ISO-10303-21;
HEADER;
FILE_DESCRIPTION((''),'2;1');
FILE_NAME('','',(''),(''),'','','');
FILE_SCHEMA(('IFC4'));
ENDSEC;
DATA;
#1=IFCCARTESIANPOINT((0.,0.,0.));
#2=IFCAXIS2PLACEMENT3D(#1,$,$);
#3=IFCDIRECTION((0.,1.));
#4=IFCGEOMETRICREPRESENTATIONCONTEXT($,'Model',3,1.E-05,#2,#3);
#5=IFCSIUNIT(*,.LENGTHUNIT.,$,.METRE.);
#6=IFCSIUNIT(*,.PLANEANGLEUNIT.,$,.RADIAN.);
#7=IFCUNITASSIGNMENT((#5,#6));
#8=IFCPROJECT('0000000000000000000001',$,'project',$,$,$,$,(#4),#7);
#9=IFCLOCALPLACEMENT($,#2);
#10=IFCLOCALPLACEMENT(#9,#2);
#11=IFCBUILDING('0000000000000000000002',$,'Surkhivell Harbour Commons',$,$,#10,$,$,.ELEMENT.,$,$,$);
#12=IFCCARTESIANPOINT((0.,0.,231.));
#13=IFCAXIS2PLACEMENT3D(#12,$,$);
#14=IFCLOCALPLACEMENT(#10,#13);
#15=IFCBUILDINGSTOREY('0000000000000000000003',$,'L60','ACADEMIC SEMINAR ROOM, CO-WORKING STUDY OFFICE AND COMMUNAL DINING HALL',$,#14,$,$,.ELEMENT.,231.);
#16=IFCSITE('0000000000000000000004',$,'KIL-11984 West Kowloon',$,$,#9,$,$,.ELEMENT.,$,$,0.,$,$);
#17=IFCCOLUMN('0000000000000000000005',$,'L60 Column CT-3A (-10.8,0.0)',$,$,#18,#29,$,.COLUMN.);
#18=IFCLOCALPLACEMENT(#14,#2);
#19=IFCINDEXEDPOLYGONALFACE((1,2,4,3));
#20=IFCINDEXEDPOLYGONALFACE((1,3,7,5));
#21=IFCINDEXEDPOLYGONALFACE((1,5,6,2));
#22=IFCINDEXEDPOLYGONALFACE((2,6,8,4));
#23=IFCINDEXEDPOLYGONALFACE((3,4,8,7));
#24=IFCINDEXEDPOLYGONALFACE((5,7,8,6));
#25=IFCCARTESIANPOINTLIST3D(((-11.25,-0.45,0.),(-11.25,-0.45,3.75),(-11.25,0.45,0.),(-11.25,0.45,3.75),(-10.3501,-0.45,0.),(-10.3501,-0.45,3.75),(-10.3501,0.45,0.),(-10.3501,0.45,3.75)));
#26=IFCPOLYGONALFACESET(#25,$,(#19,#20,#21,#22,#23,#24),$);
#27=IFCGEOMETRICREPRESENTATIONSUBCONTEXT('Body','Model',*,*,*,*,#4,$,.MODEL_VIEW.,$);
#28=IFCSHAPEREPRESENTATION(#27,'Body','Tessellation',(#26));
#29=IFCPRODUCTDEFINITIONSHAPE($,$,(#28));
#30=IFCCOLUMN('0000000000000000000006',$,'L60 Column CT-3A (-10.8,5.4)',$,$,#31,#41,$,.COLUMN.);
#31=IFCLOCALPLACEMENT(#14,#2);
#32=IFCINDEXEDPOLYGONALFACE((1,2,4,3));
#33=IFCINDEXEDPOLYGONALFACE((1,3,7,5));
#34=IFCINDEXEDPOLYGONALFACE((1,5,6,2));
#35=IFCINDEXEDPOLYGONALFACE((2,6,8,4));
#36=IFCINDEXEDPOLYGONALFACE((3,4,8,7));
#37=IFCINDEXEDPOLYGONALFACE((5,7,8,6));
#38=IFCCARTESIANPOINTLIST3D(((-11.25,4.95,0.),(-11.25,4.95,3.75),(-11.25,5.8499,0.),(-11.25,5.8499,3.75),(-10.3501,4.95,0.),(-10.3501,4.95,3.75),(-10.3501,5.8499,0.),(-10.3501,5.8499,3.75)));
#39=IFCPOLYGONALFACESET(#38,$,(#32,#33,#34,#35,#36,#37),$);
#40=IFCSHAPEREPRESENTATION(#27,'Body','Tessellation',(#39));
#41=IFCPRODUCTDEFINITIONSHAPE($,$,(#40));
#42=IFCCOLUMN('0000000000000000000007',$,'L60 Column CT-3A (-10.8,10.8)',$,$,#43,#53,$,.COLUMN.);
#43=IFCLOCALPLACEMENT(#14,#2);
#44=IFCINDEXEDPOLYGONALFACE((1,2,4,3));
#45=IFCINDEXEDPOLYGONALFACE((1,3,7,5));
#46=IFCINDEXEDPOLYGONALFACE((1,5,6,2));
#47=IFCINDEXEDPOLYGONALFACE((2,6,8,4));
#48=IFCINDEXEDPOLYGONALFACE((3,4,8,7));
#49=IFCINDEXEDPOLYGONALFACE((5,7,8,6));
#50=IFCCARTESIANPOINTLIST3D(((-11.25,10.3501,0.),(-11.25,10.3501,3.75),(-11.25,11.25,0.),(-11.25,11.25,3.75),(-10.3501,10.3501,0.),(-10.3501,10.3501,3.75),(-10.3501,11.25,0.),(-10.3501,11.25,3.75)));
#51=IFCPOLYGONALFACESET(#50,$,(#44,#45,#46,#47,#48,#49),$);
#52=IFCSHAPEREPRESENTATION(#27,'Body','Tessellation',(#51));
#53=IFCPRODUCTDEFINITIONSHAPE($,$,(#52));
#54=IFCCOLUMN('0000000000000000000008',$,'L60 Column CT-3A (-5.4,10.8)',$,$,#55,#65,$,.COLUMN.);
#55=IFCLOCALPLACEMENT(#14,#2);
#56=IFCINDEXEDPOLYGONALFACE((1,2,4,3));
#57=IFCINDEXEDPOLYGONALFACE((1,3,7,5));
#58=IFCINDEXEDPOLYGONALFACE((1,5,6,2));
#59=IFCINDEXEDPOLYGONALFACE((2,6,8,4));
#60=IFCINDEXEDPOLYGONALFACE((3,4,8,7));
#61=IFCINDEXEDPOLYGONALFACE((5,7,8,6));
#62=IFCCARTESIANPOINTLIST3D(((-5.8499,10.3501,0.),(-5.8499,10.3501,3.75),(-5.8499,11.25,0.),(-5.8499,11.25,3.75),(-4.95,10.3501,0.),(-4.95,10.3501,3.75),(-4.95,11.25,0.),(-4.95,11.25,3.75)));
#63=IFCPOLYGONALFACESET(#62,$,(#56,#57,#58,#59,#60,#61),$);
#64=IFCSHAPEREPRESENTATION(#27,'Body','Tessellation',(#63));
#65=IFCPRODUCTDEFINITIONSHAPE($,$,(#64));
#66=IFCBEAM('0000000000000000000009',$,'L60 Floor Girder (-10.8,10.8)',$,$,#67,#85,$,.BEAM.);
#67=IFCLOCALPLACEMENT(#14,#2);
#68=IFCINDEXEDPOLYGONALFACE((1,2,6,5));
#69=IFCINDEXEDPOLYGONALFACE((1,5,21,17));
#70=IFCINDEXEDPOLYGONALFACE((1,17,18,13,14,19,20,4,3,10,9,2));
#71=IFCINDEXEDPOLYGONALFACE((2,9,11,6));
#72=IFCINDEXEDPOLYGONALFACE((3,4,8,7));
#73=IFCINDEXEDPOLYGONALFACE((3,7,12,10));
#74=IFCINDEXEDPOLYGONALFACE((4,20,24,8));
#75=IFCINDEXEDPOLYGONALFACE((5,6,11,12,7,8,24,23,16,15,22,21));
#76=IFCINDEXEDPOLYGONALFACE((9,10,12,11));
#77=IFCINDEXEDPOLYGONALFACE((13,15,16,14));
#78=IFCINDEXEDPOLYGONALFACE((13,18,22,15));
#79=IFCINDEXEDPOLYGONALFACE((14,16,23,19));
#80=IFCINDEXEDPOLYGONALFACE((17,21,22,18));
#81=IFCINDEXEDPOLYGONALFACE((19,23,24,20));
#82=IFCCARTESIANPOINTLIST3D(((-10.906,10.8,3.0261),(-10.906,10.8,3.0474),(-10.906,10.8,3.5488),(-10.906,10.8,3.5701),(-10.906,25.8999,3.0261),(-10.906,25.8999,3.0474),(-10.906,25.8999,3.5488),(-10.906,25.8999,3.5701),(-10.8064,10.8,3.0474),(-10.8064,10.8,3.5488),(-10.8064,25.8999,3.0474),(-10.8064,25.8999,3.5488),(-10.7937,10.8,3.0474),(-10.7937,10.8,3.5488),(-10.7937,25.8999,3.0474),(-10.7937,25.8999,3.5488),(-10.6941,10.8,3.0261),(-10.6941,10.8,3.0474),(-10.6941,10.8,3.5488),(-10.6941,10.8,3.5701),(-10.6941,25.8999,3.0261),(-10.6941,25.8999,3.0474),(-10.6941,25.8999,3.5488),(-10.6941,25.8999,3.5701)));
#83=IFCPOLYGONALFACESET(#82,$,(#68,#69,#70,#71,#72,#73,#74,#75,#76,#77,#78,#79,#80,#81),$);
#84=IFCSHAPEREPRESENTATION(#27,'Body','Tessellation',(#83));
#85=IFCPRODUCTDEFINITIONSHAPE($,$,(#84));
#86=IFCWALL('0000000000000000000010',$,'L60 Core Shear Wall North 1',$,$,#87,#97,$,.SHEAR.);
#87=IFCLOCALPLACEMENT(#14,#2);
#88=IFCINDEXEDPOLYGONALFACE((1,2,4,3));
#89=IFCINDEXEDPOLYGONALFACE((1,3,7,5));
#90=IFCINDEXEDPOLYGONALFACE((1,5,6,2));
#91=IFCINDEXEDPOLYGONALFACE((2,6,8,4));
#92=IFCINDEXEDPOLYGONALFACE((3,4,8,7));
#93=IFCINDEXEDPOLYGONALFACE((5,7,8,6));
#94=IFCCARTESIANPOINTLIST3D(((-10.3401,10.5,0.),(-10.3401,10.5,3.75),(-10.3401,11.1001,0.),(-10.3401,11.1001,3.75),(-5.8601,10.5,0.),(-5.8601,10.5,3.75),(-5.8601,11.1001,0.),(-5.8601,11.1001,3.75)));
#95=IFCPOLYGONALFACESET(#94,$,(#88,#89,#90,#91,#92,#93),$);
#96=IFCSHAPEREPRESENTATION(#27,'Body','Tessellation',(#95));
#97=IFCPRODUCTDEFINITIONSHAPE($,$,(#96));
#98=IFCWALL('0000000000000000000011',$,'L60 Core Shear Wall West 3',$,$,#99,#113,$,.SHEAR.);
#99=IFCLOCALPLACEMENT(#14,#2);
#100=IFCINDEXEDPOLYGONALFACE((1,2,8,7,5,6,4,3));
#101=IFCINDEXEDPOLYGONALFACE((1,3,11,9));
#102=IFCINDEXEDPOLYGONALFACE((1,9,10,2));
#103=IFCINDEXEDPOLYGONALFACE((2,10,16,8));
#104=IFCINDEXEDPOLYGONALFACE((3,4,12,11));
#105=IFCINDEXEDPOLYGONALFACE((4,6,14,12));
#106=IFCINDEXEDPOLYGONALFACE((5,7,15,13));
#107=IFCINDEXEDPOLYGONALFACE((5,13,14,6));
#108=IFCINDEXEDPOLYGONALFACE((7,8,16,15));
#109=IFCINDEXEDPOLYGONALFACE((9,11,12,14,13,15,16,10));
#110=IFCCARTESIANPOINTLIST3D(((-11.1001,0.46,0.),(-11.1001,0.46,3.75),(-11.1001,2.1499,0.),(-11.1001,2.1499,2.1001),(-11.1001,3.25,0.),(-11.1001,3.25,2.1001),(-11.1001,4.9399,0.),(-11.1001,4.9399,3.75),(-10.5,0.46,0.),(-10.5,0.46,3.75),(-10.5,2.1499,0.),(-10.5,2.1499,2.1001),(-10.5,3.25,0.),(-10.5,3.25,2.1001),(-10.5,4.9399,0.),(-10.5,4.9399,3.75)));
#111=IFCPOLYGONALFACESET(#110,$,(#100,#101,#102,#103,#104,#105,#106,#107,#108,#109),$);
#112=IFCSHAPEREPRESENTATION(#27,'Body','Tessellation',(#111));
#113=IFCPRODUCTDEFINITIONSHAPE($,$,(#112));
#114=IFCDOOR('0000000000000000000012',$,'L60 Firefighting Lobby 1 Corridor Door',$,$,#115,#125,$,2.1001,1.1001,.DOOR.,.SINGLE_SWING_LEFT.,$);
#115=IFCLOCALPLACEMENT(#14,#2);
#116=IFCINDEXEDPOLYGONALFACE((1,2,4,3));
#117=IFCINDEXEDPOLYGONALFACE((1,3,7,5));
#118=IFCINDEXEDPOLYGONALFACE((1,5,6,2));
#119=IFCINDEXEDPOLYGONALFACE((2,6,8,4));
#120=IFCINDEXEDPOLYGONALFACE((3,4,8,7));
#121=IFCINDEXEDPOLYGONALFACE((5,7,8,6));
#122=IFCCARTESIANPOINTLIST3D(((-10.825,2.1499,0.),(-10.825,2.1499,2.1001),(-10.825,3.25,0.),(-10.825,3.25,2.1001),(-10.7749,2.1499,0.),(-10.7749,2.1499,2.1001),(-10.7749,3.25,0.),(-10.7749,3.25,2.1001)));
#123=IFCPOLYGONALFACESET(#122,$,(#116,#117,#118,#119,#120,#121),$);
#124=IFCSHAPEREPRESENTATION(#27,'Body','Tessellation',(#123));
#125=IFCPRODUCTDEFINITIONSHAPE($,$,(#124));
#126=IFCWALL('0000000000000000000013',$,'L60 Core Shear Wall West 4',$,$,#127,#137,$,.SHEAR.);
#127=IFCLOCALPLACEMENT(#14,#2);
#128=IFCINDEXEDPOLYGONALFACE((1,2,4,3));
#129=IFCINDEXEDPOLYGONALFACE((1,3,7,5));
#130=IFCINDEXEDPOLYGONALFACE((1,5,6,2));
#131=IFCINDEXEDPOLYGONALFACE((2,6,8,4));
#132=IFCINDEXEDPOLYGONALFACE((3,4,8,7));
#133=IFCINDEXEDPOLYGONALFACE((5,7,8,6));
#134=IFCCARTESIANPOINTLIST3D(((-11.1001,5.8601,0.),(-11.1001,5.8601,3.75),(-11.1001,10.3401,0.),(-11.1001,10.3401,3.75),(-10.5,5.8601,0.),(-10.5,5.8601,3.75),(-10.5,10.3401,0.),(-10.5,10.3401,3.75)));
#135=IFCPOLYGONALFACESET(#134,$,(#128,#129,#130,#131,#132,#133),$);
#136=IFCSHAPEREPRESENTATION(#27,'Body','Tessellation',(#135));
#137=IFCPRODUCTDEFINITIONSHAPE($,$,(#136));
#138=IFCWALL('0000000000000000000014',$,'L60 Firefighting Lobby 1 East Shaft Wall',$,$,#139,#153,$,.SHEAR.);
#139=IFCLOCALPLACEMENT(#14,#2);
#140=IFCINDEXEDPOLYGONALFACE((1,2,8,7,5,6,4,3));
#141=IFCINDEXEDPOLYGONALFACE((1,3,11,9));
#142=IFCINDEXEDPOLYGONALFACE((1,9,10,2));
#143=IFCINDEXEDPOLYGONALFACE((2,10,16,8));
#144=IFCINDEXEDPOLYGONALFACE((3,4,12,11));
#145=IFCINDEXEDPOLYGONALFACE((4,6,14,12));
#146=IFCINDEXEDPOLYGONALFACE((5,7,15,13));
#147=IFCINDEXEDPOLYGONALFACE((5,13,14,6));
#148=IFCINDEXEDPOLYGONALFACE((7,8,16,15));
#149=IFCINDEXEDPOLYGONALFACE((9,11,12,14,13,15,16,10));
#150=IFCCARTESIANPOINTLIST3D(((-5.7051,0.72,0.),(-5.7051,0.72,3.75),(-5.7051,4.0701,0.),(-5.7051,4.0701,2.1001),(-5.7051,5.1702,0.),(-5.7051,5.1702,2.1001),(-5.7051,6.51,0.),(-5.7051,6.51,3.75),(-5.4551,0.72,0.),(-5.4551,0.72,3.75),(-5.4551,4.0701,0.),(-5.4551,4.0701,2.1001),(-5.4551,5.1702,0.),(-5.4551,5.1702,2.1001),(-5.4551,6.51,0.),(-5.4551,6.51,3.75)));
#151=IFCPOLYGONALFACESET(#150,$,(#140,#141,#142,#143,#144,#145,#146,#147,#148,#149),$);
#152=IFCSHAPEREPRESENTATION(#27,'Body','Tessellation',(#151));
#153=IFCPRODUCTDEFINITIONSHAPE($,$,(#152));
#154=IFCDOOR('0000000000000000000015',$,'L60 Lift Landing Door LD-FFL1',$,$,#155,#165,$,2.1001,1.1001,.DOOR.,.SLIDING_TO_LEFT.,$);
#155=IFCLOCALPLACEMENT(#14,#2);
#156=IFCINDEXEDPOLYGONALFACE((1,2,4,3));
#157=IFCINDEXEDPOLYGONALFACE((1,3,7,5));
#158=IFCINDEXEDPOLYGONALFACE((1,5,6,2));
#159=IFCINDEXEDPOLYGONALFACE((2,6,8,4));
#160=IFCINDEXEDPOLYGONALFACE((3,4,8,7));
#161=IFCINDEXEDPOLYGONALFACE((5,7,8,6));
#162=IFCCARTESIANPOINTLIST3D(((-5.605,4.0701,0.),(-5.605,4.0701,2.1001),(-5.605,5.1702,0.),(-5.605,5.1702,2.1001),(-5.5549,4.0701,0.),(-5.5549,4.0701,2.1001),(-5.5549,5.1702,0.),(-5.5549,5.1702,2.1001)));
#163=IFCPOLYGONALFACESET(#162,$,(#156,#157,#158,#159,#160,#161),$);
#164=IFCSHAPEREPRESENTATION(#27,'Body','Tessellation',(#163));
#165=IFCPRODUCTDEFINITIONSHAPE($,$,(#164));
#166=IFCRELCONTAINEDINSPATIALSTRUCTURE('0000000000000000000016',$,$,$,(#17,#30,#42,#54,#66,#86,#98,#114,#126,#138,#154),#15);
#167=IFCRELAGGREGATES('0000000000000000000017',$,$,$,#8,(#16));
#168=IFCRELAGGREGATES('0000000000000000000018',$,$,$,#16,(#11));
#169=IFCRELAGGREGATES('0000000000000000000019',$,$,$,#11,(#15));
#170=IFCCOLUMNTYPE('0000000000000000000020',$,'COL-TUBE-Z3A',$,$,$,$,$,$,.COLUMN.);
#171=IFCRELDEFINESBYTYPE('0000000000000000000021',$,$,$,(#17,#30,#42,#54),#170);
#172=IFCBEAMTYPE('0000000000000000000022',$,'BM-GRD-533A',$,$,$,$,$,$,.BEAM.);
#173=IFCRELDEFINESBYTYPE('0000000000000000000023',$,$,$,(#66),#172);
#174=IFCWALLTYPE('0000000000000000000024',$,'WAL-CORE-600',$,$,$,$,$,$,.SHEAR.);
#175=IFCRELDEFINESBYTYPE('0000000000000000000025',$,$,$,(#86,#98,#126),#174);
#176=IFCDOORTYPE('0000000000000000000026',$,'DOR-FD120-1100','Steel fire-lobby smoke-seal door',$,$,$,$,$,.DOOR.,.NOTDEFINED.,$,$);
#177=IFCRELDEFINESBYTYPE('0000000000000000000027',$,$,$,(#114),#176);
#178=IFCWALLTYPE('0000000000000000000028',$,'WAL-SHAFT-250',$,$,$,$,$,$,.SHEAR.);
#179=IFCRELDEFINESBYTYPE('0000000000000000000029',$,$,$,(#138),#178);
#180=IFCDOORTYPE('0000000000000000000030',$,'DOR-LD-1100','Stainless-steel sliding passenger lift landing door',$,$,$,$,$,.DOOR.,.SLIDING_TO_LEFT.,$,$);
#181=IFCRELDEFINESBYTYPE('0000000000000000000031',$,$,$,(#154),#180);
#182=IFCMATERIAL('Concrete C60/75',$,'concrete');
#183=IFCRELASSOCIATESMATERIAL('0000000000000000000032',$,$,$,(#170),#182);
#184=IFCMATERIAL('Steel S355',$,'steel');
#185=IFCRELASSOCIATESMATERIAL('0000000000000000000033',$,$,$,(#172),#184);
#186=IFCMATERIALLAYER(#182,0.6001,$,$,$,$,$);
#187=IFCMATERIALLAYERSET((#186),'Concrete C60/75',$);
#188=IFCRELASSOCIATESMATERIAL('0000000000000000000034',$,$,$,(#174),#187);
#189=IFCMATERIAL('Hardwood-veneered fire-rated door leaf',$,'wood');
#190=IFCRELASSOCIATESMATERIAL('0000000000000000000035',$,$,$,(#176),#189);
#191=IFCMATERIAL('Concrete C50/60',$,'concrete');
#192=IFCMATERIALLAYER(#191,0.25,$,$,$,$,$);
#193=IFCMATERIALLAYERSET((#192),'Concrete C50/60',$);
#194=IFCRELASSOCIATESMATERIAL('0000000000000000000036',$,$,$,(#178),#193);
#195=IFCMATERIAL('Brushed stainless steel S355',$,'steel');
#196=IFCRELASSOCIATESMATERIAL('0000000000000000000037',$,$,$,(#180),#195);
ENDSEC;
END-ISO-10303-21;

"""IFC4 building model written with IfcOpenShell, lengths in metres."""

from ifc_helpers import new_model, si_unit, direction, frame, frame_2d, origin, origin_2d, place, context, subcontext, project, spatial, rectangle, i_section, extrude, material, layer, layer_set, material_profile, profile_set, type_object, element, fill, save


model = new_model("IFC4")

# Units and contexts
model_context = context("Model", 3, precision=1e-05, world=origin(), true_north=direction((0.0, 1.0)))
body_context = subcontext(model_context, "Body", "Model", "MODEL_VIEW")
ifc_project = project(units=[si_unit("LENGTHUNIT", "METRE"), si_unit("PLANEANGLEUNIT", "RADIAN")], contexts=[model_context])

# Site, building, storey
site_placement = place(None, origin())
site = spatial("IfcSite", under=ifc_project, at=site_placement, Name="KIL-11984 West Kowloon", CompositionType="ELEMENT", RefElevation=0.0)
building_placement = place(site_placement, origin())
building = spatial("IfcBuilding", under=site, at=building_placement, Name="Surkhivell Harbour Commons", CompositionType="ELEMENT")
storey_placement = place(building_placement, frame((0.0, 0.0, 231.0)))
storey = spatial("IfcBuildingStorey", under=building, at=storey_placement, Name="L60", Description="ACADEMIC SEMINAR ROOM, CO-WORKING STUDY OFFICE AND COMMUNAL DINING HALL", CompositionType="ELEMENT", Elevation=231.0)

# Columns
ifc_material_1 = material(Name="Concrete C60/75", Category="concrete")
ifc_material_profile_1 = material_profile(ifc_material_1, rectangle(XDim=0.8999, YDim=0.8999, at=origin_2d()), Name="RC-COL-900x900")
ifc_profile_set_1 = profile_set([ifc_material_profile_1], Name="Concrete C60/75")
column_type = type_object("IfcColumnType", Name="COL-TUBE-Z3A", PredefinedType="COLUMN", material=ifc_profile_set_1)
for number, where, z_axis, x_axis, name in (
    (1, (-10.8, 0.0, 0.0), (0.0, 0.0, 1.0), (1.0, 0.0, 0.0), "L60 Column CT-3A (-10.8,0.0)"),
    (2, (-10.8, 5.3999, 0.0), (0.0, 0.0, 1.0), (1.0, 0.0, 0.0), "L60 Column CT-3A (-10.8,5.4)"),
    (3, (-10.8, 10.8, 0.0), (0.0, 0.0, 1.0), (1.0, 0.0, 0.0), "L60 Column CT-3A (-10.8,10.8)"),
    (4, (-5.3999, 10.8, 0.0), (0.0, 0.0, 1.0), (1.0, 0.0, 0.0), "L60 Column CT-3A (-5.4,10.8)"),
):
    element("IfcColumn", number, at=place(storey_placement, frame(where, z_axis=z_axis, x_axis=x_axis)), inside=storey, type_object=column_type, Name=name, PredefinedType="COLUMN", context=body_context, shape_type="SweptSolid", body=[
        extrude(rectangle(XDim=0.8999, YDim=0.8999, at=origin_2d()), origin(), (0.0, 0.0, 1.0), 3.75),
    ])

# Beam
ifc_material_2 = material(Name="Steel S355", Category="steel")
ifc_material_profile_2 = material_profile(ifc_material_2, i_section(OverallWidth=0.2119, OverallDepth=0.5439, WebThickness=0.0127, FlangeThickness=0.0212, at=origin_2d()), Name="UB533x210x122")
ifc_profile_set_2 = profile_set([ifc_material_profile_2], Name="Steel S355")
beam_type = type_object("IfcBeamType", Name="BM-GRD-533A", PredefinedType="BEAM", material=ifc_profile_set_2)
beam_placement = place(storey_placement, frame((-10.8, 10.8, 3.2981), z_axis=(0.0, 1.0, 0.0), x_axis=(-1.0, 0.0, 0.0)))
element("IfcBeam", 5, at=beam_placement, inside=storey, type_object=beam_type, Name="L60 Floor Girder (-10.8,10.8)", PredefinedType="BEAM", context=body_context, shape_type="SweptSolid", body=[
    extrude(i_section(OverallWidth=0.2119, OverallDepth=0.5439, WebThickness=0.0127, FlangeThickness=0.0212, at=origin_2d()), origin(), (0.0, 0.0, 1.0), 15.0999),
])

# Wall
ifc_layer_1 = layer(ifc_material_1, 0.6001)
ifc_layer_set_1 = layer_set([ifc_layer_1], Name="Concrete C60/75")
wall_type_1 = type_object("IfcWallType", Name="WAL-CORE-600", PredefinedType="SHEAR", material=ifc_layer_set_1)
wall_1_placement = place(storey_placement, frame((-10.3401, 10.8, 0.0), z_axis=(0.0, 0.0, 1.0), x_axis=(1.0, 0.0, 0.0)))
element("IfcWall", 6, at=wall_1_placement, inside=storey, type_object=wall_type_1, Name="L60 Core Shear Wall North 1", PredefinedType="SHEAR", context=body_context, shape_type="SweptSolid", body=[
    extrude(rectangle(XDim=4.48, YDim=0.6001, at=frame_2d((2.24, 0.0))), origin(), (0.0, 0.0, 1.0), 3.75),
])

# Wall, opening, door
wall_2_placement = place(storey_placement, frame((-10.8, 0.46, 0.0), z_axis=(0.0, 0.0, 1.0), x_axis=(0.0, 1.0, 0.0)))
wall_2 = element("IfcWall", 7, at=wall_2_placement, inside=storey, type_object=wall_type_1, Name="L60 Core Shear Wall West 3", PredefinedType="SHEAR", context=body_context, shape_type="SweptSolid", body=[
    extrude(rectangle(XDim=4.48, YDim=0.6001, at=frame_2d((2.24, 0.0))), origin(), (0.0, 0.0, 1.0), 3.75),
])
opening_1_placement = place(wall_2_placement, frame((1.6899, 0.0, 0.0)))
opening_1 = element("IfcOpeningElement", 8, at=opening_1_placement, cuts=wall_2, PredefinedType="OPENING", context=body_context, shape_type="SweptSolid", body=[
    extrude(rectangle(XDim=1.1001, YDim=2.1001, at=frame_2d((0.55, 1.05))), frame((0.0, 0.3101, 0.0), z_axis=(0.0, -1.0, 0.0), x_axis=(1.0, 0.0, 0.0)), (0.0, 0.0, 1.0), 0.6201),
])
ifc_material_3 = material(Name="Hardwood-veneered fire-rated door leaf", Category="wood")
door_type_1 = type_object("IfcDoorType", Name="DOR-FD120-1100", Description="Steel fire-lobby smoke-seal door", OperationType="NOTDEFINED", PredefinedType="DOOR", material=ifc_material_3)
door_1_placement = place(opening_1_placement, origin())
door_1 = element("IfcDoor", 9, at=door_1_placement, inside=storey, type_object=door_type_1, Name="L60 Firefighting Lobby 1 Corridor Door", OperationType="SINGLE_SWING_LEFT", OverallHeight=2.1001, OverallWidth=1.1001, PredefinedType="DOOR", context=body_context, shape_type="SweptSolid", body=[
    extrude(rectangle(XDim=1.1001, YDim=2.1001, at=frame_2d((0.55, 1.05))), frame((0.0, 0.0249, 0.0), z_axis=(0.0, -1.0, 0.0), x_axis=(1.0, 0.0, 0.0)), (0.0, 0.0, 1.0), 0.05),
])
fill(opening_1, door_1)

# Wall
wall_3_placement = place(storey_placement, frame((-10.8, 5.8601, 0.0), z_axis=(0.0, 0.0, 1.0), x_axis=(0.0, 1.0, 0.0)))
element("IfcWall", 10, at=wall_3_placement, inside=storey, type_object=wall_type_1, Name="L60 Core Shear Wall West 4", PredefinedType="SHEAR", context=body_context, shape_type="SweptSolid", body=[
    extrude(rectangle(XDim=4.48, YDim=0.6001, at=frame_2d((2.24, 0.0))), origin(), (0.0, 0.0, 1.0), 3.75),
])

# Wall, opening, door
ifc_material_4 = material(Name="Concrete C50/60", Category="concrete")
ifc_layer_2 = layer(ifc_material_4, 0.25)
ifc_layer_set_2 = layer_set([ifc_layer_2], Name="Concrete C50/60")
wall_type_2 = type_object("IfcWallType", Name="WAL-SHAFT-250", PredefinedType="SHEAR", material=ifc_layer_set_2)
wall_4_placement = place(storey_placement, frame((-5.5801, 0.72, 0.0), z_axis=(0.0, 0.0, 1.0), x_axis=(0.0, 1.0, 0.0)))
wall_4 = element("IfcWall", 11, at=wall_4_placement, inside=storey, type_object=wall_type_2, Name="L60 Firefighting Lobby 1 East Shaft Wall", PredefinedType="SHEAR", context=body_context, shape_type="SweptSolid", body=[
    extrude(rectangle(XDim=5.79, YDim=0.25, at=frame_2d((2.895, 0.0))), origin(), (0.0, 0.0, 1.0), 3.75),
])
opening_2_placement = place(wall_4_placement, frame((3.3501, 0.0, 0.0)))
opening_2 = element("IfcOpeningElement", 12, at=opening_2_placement, cuts=wall_4, PredefinedType="OPENING", context=body_context, shape_type="SweptSolid", body=[
    extrude(rectangle(XDim=1.1001, YDim=2.1001, at=frame_2d((0.55, 1.05))), frame((0.0, 0.135, 0.0), z_axis=(0.0, -1.0, 0.0), x_axis=(1.0, 0.0, 0.0)), (0.0, 0.0, 1.0), 0.27),
])
ifc_material_5 = material(Name="Brushed stainless steel S355", Category="steel")
door_type_2 = type_object("IfcDoorType", Name="DOR-LD-1100", Description="Stainless-steel sliding passenger lift landing door", OperationType="SLIDING_TO_LEFT", PredefinedType="DOOR", material=ifc_material_5)
door_2_placement = place(opening_2_placement, origin())
door_2 = element("IfcDoor", 13, at=door_2_placement, inside=storey, type_object=door_type_2, Name="L60 Lift Landing Door LD-FFL1", OperationType="SLIDING_TO_LEFT", OverallHeight=2.1001, OverallWidth=1.1001, PredefinedType="DOOR", context=body_context, shape_type="SweptSolid", body=[
    extrude(rectangle(XDim=1.1001, YDim=2.1001, at=frame_2d((0.55, 1.05))), frame((0.0, 0.0249, 0.0), z_axis=(0.0, -1.0, 0.0), x_axis=(1.0, 0.0, 0.0)), (0.0, 0.0, 1.0), 0.05),
])
fill(opening_2, door_2)

save(model, "model.ifc")
